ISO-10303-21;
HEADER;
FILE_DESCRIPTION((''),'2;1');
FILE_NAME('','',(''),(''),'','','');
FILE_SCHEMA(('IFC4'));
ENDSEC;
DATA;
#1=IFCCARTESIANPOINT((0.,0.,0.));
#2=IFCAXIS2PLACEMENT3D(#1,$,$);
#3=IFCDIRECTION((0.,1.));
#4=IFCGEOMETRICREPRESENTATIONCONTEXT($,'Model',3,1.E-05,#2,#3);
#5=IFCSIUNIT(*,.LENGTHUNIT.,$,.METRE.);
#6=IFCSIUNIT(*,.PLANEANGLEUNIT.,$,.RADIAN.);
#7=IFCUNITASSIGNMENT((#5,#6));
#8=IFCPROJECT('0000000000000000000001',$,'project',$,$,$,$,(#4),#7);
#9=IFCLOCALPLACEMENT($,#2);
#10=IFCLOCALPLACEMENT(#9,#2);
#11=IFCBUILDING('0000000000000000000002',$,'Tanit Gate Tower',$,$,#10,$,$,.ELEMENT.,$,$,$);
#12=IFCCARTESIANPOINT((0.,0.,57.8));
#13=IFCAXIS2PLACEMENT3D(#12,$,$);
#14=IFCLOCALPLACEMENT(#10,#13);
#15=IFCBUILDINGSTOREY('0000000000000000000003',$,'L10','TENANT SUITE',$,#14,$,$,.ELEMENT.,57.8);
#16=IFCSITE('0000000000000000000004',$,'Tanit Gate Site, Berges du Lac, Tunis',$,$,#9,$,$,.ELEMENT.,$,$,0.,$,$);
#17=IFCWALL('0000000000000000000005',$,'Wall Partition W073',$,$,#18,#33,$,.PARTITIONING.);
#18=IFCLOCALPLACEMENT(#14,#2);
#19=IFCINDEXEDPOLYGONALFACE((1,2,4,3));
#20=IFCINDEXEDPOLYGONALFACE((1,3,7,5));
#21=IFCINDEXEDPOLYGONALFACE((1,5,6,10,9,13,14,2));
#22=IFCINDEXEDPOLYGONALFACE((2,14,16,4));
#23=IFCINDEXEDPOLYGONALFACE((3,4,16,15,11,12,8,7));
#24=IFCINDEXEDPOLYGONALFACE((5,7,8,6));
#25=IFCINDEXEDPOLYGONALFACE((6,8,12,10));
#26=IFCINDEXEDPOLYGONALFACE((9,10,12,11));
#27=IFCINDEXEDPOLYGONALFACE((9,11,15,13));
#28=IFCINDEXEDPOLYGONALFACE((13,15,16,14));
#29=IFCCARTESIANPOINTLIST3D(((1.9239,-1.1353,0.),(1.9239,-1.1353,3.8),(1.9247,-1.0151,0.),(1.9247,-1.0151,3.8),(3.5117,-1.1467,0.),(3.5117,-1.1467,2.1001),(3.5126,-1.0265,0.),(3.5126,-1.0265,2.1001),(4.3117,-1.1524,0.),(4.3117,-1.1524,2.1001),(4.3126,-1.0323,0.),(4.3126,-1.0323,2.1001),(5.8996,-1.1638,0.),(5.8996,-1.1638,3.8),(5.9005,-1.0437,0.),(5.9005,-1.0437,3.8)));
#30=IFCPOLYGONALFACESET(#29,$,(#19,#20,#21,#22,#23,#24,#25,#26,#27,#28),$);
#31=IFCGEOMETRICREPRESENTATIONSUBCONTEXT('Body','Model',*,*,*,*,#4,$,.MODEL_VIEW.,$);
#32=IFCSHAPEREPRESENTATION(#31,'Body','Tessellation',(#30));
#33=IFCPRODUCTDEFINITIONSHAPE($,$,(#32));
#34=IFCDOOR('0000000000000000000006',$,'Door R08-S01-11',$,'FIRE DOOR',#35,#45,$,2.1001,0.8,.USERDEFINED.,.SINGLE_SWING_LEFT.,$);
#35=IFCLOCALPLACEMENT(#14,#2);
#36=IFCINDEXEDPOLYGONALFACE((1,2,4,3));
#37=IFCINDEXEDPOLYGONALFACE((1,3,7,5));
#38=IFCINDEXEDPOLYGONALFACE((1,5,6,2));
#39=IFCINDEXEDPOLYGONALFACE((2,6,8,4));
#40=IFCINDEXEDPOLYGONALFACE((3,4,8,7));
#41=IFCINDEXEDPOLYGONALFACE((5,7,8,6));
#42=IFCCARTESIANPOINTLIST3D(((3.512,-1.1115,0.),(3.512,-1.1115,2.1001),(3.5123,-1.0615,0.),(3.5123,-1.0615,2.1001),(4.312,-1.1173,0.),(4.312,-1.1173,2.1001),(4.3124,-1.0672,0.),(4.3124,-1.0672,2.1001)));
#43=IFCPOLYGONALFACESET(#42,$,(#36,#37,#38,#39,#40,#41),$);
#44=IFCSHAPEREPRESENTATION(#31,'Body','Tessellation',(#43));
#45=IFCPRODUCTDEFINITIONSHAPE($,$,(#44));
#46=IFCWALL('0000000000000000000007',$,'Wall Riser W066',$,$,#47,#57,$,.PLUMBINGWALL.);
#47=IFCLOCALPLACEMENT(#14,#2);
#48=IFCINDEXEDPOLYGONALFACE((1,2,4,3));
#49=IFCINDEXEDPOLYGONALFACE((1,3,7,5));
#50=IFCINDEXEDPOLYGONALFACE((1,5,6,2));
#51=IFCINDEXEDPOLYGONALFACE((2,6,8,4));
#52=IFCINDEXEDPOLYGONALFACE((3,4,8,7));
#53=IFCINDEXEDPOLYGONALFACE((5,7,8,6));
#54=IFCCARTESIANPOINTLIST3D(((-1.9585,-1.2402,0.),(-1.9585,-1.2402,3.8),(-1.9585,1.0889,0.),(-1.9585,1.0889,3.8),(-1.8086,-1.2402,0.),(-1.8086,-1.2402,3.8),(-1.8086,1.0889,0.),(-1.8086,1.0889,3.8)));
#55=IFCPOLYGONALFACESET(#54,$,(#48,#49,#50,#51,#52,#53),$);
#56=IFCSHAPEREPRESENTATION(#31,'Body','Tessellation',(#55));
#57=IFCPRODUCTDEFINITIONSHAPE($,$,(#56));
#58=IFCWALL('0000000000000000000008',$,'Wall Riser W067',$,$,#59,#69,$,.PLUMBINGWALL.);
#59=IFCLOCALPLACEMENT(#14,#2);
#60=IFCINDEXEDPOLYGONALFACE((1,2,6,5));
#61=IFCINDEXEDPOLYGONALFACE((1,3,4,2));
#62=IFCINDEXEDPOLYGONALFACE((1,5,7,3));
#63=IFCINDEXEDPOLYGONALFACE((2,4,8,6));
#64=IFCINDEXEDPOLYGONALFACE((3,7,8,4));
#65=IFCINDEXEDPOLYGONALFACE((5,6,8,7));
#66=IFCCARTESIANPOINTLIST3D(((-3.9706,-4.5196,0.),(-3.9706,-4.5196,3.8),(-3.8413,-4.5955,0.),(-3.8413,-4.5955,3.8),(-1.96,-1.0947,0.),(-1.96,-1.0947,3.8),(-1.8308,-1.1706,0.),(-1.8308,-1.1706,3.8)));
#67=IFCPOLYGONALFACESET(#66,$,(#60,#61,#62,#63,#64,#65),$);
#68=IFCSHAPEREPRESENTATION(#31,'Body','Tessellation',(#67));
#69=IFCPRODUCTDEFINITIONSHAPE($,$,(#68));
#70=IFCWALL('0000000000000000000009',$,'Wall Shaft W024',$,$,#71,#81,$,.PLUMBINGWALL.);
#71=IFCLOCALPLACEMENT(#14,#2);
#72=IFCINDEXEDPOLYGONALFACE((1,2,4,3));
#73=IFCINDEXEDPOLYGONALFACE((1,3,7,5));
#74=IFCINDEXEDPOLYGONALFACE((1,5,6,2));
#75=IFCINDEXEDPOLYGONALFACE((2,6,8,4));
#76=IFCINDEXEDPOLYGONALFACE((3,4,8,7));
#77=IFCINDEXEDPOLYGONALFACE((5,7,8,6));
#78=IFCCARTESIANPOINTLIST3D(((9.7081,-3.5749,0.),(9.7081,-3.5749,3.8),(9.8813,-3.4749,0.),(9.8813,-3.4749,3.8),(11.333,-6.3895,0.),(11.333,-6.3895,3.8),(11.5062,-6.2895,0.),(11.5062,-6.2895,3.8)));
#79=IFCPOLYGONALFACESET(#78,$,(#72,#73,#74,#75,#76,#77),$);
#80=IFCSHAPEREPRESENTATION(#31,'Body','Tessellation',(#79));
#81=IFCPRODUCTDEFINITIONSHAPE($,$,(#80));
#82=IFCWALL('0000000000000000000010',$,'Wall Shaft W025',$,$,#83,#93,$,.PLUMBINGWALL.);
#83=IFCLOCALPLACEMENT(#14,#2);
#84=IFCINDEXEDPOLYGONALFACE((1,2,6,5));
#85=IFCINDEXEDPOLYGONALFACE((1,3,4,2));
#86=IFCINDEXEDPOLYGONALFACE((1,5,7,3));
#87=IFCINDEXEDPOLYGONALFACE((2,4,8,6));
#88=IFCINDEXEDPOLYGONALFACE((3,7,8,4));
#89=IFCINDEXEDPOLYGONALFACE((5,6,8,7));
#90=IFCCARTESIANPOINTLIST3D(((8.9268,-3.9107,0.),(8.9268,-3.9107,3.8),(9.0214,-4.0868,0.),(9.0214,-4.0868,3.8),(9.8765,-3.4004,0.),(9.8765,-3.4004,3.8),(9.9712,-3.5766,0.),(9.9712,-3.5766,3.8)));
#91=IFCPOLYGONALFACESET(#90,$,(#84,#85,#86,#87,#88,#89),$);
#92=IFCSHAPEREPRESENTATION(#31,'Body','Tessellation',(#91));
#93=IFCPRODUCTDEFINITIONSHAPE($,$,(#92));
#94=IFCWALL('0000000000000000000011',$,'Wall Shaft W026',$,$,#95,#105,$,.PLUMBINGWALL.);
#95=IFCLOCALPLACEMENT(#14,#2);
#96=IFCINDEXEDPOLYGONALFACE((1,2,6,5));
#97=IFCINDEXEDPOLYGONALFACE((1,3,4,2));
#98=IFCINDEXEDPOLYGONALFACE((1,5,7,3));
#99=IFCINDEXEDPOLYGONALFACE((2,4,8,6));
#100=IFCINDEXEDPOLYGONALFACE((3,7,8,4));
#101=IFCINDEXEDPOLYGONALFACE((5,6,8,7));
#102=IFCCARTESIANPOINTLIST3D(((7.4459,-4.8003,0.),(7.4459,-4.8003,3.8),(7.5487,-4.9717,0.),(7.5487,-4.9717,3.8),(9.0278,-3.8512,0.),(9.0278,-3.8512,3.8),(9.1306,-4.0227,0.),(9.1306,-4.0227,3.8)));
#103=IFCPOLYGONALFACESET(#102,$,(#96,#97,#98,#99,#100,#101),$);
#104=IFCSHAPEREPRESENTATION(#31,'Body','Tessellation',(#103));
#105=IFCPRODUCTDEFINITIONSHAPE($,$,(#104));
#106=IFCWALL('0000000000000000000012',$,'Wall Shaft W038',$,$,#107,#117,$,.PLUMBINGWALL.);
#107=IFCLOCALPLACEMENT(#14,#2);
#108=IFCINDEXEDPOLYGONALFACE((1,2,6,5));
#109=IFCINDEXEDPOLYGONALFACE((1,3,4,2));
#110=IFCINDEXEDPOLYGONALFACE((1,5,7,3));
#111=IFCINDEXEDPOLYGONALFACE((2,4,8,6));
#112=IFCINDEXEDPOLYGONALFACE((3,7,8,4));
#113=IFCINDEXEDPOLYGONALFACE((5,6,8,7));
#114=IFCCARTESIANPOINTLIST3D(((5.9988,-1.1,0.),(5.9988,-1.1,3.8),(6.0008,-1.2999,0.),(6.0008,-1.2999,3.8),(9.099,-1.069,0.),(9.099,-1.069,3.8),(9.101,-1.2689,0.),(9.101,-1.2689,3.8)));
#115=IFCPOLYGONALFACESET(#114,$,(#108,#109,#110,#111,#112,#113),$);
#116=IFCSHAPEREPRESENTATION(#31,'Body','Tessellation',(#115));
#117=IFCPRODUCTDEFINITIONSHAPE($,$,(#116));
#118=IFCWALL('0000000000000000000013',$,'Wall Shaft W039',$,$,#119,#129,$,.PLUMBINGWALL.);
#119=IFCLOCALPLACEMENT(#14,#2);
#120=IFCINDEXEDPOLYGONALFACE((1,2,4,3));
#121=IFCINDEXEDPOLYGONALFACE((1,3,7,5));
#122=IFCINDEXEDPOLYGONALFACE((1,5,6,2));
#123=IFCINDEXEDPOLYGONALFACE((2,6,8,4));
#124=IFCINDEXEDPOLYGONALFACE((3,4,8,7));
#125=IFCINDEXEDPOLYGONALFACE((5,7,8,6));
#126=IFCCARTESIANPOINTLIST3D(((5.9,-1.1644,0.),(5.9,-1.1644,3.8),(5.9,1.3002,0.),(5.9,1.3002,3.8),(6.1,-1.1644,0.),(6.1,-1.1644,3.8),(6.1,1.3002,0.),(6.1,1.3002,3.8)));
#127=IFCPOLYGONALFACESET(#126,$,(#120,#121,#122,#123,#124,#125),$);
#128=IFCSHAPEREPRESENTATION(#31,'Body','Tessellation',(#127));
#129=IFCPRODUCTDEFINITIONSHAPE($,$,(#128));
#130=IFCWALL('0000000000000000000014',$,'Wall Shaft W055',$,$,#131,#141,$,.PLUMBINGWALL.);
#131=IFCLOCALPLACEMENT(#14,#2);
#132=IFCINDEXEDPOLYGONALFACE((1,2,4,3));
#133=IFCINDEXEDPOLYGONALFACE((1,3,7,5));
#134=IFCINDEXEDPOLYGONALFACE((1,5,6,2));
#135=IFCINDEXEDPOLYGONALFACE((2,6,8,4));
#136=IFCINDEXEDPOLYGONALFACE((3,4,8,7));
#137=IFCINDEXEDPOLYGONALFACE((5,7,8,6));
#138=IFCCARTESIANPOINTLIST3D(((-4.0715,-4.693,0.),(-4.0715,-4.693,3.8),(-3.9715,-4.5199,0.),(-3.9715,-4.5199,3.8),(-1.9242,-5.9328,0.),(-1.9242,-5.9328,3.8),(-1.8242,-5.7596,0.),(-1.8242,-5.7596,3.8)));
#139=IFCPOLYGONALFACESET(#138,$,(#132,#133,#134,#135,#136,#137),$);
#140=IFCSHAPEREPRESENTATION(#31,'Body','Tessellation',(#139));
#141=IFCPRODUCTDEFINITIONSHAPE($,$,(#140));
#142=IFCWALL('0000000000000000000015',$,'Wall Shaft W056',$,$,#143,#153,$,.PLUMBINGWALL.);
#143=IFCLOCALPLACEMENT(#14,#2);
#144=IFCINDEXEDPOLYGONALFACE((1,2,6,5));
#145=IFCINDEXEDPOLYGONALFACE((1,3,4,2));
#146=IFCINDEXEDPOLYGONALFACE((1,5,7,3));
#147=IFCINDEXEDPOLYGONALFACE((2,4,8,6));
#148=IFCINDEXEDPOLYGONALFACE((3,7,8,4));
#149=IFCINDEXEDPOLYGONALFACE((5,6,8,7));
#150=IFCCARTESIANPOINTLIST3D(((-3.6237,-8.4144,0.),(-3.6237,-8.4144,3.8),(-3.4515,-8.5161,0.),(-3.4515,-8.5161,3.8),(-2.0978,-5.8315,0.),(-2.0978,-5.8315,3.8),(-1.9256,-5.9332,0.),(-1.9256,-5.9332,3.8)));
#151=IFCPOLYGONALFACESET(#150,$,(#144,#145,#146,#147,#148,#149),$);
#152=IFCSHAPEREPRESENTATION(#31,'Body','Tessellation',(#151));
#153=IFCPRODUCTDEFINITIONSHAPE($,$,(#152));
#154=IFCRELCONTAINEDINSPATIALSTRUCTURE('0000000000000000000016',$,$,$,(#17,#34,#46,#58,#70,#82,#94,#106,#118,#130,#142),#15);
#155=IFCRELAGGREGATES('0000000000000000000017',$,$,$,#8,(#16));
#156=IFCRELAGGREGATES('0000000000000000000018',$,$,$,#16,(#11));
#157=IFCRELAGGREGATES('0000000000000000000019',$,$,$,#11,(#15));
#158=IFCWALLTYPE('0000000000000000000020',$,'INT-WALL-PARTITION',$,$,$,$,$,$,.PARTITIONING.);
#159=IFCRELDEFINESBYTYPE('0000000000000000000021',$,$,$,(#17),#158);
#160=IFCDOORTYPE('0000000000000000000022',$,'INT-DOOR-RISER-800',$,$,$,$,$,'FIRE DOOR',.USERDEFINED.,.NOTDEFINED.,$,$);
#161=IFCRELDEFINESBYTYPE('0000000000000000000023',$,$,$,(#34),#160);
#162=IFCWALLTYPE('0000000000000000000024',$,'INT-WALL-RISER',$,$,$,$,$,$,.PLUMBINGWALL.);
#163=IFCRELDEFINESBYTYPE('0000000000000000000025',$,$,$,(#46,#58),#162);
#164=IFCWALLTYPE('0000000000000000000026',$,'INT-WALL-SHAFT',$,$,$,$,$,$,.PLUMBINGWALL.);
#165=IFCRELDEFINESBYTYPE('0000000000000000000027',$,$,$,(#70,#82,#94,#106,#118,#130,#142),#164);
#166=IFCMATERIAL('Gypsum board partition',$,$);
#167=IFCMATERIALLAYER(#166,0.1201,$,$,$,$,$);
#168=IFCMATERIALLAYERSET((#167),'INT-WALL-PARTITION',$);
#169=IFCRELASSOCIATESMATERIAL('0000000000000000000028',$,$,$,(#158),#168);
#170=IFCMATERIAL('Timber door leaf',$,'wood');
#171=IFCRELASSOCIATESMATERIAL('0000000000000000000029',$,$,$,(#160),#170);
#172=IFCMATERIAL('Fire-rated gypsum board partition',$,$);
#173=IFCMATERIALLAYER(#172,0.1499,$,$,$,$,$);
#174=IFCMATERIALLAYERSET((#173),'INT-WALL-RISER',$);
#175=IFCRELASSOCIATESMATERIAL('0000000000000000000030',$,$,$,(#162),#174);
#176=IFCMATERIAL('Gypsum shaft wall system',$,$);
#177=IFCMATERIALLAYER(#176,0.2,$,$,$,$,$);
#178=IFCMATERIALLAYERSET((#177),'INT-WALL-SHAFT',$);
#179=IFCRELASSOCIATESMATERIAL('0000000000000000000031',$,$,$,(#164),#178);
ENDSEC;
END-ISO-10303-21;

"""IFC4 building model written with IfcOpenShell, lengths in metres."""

from ifc_helpers import new_model, si_unit, direction, frame, frame_2d, origin, place, context, subcontext, project, spatial, rectangle, extrude, material, layer, layer_set, type_object, element, fill, save


model = new_model("IFC4")

# Units and contexts
model_context = context("Model", 3, precision=1e-05, world=origin(), true_north=direction((0.0, 1.0)))
body_context = subcontext(model_context, "Body", "Model", "MODEL_VIEW")
ifc_project = project(units=[si_unit("LENGTHUNIT", "METRE"), si_unit("PLANEANGLEUNIT", "RADIAN")], contexts=[model_context])

# Site, building, storey
site_placement = place(None, origin())
site = spatial("IfcSite", under=ifc_project, at=site_placement, Name="Tanit Gate Site, Berges du Lac, Tunis", CompositionType="ELEMENT", RefElevation=0.0)
building_placement = place(site_placement, origin())
building = spatial("IfcBuilding", under=site, at=building_placement, Name="Tanit Gate Tower", CompositionType="ELEMENT")
storey_placement = place(building_placement, frame((0.0, 0.0, 57.8)))
storey = spatial("IfcBuildingStorey", under=building, at=storey_placement, Name="L10", Description="TENANT SUITE", CompositionType="ELEMENT", Elevation=57.8)

# Shared definitions
ifc_material_1 = material(Name="Gypsum board partition")
ifc_layer_1 = layer(ifc_material_1, 0.1201)
ifc_layer_set_1 = layer_set([ifc_layer_1], Name="INT-WALL-PARTITION")
wall_type_1 = type_object("IfcWallType", Name="INT-WALL-PARTITION", PredefinedType="PARTITIONING", material=ifc_layer_set_1)

# Wall, opening, door
wall_1_placement = place(storey_placement, frame((5.8999, -1.1038, 0.0), z_axis=(0.0, 0.0, 1.0), x_axis=(-0.999974, 0.007184, 0.0)))
wall_1 = element("IfcWall", 1, at=wall_1_placement, inside=storey, type_object=wall_type_1, Name="Wall Partition W073", PredefinedType="PARTITIONING", context=body_context, shape_type="SweptSolid", body=[
    extrude(rectangle(XDim=3.9758, YDim=0.1201, at=frame_2d((1.9878, 0.0))), origin(), (0.0, 0.0, 1.0), 3.8),
])
opening_1_placement = place(wall_1_placement, frame((1.5879, 0.0, 0.0)))
opening_1 = element("IfcOpeningElement", 2, at=opening_1_placement, cuts=wall_1, PredefinedType="OPENING", context=body_context, shape_type="SweptSolid", body=[
    extrude(rectangle(XDim=0.8, YDim=2.1001, at=frame_2d((0.3999, 1.05))), frame((0.0, 0.0701, 0.0), z_axis=(0.0, -1.0, 0.0), x_axis=(1.0, 0.0, 0.0)), (0.0, 0.0, 1.0), 0.1401),
])
ifc_material_2 = material(Name="Timber door leaf", Category="wood")
door_type_1 = type_object("IfcDoorType", Name="INT-DOOR-RISER-800", ElementType="FIRE DOOR", OperationType="NOTDEFINED", PredefinedType="USERDEFINED", material=ifc_material_2)
door_1_placement = place(opening_1_placement, origin())
door_1 = element("IfcDoor", 3, at=door_1_placement, inside=storey, type_object=door_type_1, Name="Door R08-S01-11", ObjectType="FIRE DOOR", OperationType="SINGLE_SWING_LEFT", OverallHeight=2.1001, OverallWidth=0.8, PredefinedType="USERDEFINED", context=body_context, shape_type="SweptSolid", body=[
    extrude(rectangle(XDim=0.8, YDim=2.1001, at=frame_2d((0.3999, 1.05))), frame((0.0, 0.0249, 0.0), z_axis=(0.0, -1.0, 0.0), x_axis=(1.0, 0.0, 0.0)), (0.0, 0.0, 1.0), 0.05),
])
fill(opening_1, door_1)

# Walls
ifc_material_3 = material(Name="Fire-rated gypsum board partition")
ifc_layer_2 = layer(ifc_material_3, 0.1499)
ifc_layer_set_2 = layer_set([ifc_layer_2], Name="INT-WALL-RISER")
wall_type_2 = type_object("IfcWallType", Name="INT-WALL-RISER", PredefinedType="PLUMBINGWALL", material=ifc_layer_set_2)
wall_2_placement = place(storey_placement, frame((-1.8835, -1.2402, 0.0), z_axis=(0.0, 0.0, 1.0), x_axis=(0.0, 1.0, 0.0)))
element("IfcWall", 4, at=wall_2_placement, inside=storey, type_object=wall_type_2, Name="Wall Riser W066", PredefinedType="PLUMBINGWALL", context=body_context, shape_type="SweptSolid", body=[
    extrude(rectangle(XDim=2.3291, YDim=0.1499, at=frame_2d((1.1646, 0.0))), origin(), (0.0, 0.0, 1.0), 3.8),
])
wall_3_placement = place(storey_placement, frame((-3.906, -4.5576, 0.0), z_axis=(0.0, 0.0, 1.0), x_axis=(0.506254, 0.862384, 0.0)))
element("IfcWall", 5, at=wall_3_placement, inside=storey, type_object=wall_type_2, Name="Wall Riser W067", PredefinedType="PLUMBINGWALL", context=body_context, shape_type="SweptSolid", body=[
    extrude(rectangle(XDim=3.9714, YDim=0.1499, at=frame_2d((1.9858, 0.0))), origin(), (0.0, 0.0, 1.0), 3.8),
])
ifc_material_4 = material(Name="Gypsum shaft wall system")
ifc_layer_3 = layer(ifc_material_4, 0.2)
ifc_layer_set_3 = layer_set([ifc_layer_3], Name="INT-WALL-SHAFT")
wall_type_3 = type_object("IfcWallType", Name="INT-WALL-SHAFT", PredefinedType="PLUMBINGWALL", material=ifc_layer_set_3)
wall_4_placement = place(storey_placement, frame((9.7947, -3.5249, 0.0), z_axis=(0.0, 0.0, 1.0), x_axis=(0.499985, -0.866034, 0.0)))
element("IfcWall", 6, at=wall_4_placement, inside=storey, type_object=wall_type_3, Name="Wall Shaft W024", PredefinedType="PLUMBINGWALL", context=body_context, shape_type="SweptSolid", body=[
    extrude(rectangle(XDim=3.25, YDim=0.2, at=frame_2d((1.625, 0.0))), origin(), (0.0, 0.0, 1.0), 3.8),
])
wall_5_placement = place(storey_placement, frame((8.9741, -3.9988, 0.0), z_axis=(0.0, 0.0, 1.0), x_axis=(0.880907, 0.473289, 0.0)))
element("IfcWall", 7, at=wall_5_placement, inside=storey, type_object=wall_type_3, Name="Wall Shaft W025", PredefinedType="PLUMBINGWALL", context=body_context, shape_type="SweptSolid", body=[
    extrude(rectangle(XDim=1.0781, YDim=0.2, at=frame_2d((0.5391, 0.0))), origin(), (0.0, 0.0, 1.0), 3.8),
])
wall_6_placement = place(storey_placement, frame((7.4973, -4.886, 0.0), z_axis=(0.0, 0.0, 1.0), x_axis=(0.857516, 0.514457, 0.0)))
element("IfcWall", 8, at=wall_6_placement, inside=storey, type_object=wall_type_3, Name="Wall Shaft W026", PredefinedType="PLUMBINGWALL", context=body_context, shape_type="SweptSolid", body=[
    extrude(rectangle(XDim=1.8447, YDim=0.2, at=frame_2d((0.9224, 0.0))), origin(), (0.0, 0.0, 1.0), 3.8),
])
wall_7_placement = place(storey_placement, frame((9.1001, -1.1689, 0.0), z_axis=(0.0, 0.0, 1.0), x_axis=(-0.99995, -0.010001, 0.0)))
element("IfcWall", 9, at=wall_7_placement, inside=storey, type_object=wall_type_3, Name="Wall Shaft W038", PredefinedType="PLUMBINGWALL", context=body_context, shape_type="SweptSolid", body=[
    extrude(rectangle(XDim=3.1003, YDim=0.2, at=frame_2d((1.5503, 0.0))), origin(), (0.0, 0.0, 1.0), 3.8),
])
wall_8_placement = place(storey_placement, frame((6.0, -1.1646, 0.0), z_axis=(0.0, 0.0, 1.0), x_axis=(0.0, 1.0, 0.0)))
element("IfcWall", 10, at=wall_8_placement, inside=storey, type_object=wall_type_3, Name="Wall Shaft W039", PredefinedType="PLUMBINGWALL", context=body_context, shape_type="SweptSolid", body=[
    extrude(rectangle(XDim=2.4646, YDim=0.2, at=frame_2d((1.2324, 0.0))), origin(), (0.0, 0.0, 1.0), 3.8),
])

# Walls
wall_9_placement = place(storey_placement, frame((-4.0215, -4.6064, 0.0), z_axis=(0.0, 0.0, 1.0), x_axis=(0.866017, -0.500015, 0.0)))
element("IfcWall", 11, at=wall_9_placement, inside=storey, type_object=wall_type_3, Name="Wall Shaft W055", PredefinedType="PLUMBINGWALL", context=body_context, shape_type="SweptSolid", body=[
    extrude(rectangle(XDim=2.4795, YDim=0.2, at=frame_2d((1.2397, 0.0))), origin(), (0.0, 0.0, 1.0), 3.8),
])
wall_10_placement = place(storey_placement, frame((-2.0117, -5.8823, 0.0), z_axis=(0.0, 0.0, 1.0), x_axis=(-0.50862, -0.860991, 0.0)))
element("IfcWall", 12, at=wall_10_placement, inside=storey, type_object=wall_type_3, Name="Wall Shaft W056", PredefinedType="PLUMBINGWALL", context=body_context, shape_type="SweptSolid", body=[
    extrude(rectangle(XDim=3.0, YDim=0.2, at=frame_2d((1.5, 0.0))), origin(), (0.0, 0.0, 1.0), 3.8),
])

save(model, "model.ifc")
